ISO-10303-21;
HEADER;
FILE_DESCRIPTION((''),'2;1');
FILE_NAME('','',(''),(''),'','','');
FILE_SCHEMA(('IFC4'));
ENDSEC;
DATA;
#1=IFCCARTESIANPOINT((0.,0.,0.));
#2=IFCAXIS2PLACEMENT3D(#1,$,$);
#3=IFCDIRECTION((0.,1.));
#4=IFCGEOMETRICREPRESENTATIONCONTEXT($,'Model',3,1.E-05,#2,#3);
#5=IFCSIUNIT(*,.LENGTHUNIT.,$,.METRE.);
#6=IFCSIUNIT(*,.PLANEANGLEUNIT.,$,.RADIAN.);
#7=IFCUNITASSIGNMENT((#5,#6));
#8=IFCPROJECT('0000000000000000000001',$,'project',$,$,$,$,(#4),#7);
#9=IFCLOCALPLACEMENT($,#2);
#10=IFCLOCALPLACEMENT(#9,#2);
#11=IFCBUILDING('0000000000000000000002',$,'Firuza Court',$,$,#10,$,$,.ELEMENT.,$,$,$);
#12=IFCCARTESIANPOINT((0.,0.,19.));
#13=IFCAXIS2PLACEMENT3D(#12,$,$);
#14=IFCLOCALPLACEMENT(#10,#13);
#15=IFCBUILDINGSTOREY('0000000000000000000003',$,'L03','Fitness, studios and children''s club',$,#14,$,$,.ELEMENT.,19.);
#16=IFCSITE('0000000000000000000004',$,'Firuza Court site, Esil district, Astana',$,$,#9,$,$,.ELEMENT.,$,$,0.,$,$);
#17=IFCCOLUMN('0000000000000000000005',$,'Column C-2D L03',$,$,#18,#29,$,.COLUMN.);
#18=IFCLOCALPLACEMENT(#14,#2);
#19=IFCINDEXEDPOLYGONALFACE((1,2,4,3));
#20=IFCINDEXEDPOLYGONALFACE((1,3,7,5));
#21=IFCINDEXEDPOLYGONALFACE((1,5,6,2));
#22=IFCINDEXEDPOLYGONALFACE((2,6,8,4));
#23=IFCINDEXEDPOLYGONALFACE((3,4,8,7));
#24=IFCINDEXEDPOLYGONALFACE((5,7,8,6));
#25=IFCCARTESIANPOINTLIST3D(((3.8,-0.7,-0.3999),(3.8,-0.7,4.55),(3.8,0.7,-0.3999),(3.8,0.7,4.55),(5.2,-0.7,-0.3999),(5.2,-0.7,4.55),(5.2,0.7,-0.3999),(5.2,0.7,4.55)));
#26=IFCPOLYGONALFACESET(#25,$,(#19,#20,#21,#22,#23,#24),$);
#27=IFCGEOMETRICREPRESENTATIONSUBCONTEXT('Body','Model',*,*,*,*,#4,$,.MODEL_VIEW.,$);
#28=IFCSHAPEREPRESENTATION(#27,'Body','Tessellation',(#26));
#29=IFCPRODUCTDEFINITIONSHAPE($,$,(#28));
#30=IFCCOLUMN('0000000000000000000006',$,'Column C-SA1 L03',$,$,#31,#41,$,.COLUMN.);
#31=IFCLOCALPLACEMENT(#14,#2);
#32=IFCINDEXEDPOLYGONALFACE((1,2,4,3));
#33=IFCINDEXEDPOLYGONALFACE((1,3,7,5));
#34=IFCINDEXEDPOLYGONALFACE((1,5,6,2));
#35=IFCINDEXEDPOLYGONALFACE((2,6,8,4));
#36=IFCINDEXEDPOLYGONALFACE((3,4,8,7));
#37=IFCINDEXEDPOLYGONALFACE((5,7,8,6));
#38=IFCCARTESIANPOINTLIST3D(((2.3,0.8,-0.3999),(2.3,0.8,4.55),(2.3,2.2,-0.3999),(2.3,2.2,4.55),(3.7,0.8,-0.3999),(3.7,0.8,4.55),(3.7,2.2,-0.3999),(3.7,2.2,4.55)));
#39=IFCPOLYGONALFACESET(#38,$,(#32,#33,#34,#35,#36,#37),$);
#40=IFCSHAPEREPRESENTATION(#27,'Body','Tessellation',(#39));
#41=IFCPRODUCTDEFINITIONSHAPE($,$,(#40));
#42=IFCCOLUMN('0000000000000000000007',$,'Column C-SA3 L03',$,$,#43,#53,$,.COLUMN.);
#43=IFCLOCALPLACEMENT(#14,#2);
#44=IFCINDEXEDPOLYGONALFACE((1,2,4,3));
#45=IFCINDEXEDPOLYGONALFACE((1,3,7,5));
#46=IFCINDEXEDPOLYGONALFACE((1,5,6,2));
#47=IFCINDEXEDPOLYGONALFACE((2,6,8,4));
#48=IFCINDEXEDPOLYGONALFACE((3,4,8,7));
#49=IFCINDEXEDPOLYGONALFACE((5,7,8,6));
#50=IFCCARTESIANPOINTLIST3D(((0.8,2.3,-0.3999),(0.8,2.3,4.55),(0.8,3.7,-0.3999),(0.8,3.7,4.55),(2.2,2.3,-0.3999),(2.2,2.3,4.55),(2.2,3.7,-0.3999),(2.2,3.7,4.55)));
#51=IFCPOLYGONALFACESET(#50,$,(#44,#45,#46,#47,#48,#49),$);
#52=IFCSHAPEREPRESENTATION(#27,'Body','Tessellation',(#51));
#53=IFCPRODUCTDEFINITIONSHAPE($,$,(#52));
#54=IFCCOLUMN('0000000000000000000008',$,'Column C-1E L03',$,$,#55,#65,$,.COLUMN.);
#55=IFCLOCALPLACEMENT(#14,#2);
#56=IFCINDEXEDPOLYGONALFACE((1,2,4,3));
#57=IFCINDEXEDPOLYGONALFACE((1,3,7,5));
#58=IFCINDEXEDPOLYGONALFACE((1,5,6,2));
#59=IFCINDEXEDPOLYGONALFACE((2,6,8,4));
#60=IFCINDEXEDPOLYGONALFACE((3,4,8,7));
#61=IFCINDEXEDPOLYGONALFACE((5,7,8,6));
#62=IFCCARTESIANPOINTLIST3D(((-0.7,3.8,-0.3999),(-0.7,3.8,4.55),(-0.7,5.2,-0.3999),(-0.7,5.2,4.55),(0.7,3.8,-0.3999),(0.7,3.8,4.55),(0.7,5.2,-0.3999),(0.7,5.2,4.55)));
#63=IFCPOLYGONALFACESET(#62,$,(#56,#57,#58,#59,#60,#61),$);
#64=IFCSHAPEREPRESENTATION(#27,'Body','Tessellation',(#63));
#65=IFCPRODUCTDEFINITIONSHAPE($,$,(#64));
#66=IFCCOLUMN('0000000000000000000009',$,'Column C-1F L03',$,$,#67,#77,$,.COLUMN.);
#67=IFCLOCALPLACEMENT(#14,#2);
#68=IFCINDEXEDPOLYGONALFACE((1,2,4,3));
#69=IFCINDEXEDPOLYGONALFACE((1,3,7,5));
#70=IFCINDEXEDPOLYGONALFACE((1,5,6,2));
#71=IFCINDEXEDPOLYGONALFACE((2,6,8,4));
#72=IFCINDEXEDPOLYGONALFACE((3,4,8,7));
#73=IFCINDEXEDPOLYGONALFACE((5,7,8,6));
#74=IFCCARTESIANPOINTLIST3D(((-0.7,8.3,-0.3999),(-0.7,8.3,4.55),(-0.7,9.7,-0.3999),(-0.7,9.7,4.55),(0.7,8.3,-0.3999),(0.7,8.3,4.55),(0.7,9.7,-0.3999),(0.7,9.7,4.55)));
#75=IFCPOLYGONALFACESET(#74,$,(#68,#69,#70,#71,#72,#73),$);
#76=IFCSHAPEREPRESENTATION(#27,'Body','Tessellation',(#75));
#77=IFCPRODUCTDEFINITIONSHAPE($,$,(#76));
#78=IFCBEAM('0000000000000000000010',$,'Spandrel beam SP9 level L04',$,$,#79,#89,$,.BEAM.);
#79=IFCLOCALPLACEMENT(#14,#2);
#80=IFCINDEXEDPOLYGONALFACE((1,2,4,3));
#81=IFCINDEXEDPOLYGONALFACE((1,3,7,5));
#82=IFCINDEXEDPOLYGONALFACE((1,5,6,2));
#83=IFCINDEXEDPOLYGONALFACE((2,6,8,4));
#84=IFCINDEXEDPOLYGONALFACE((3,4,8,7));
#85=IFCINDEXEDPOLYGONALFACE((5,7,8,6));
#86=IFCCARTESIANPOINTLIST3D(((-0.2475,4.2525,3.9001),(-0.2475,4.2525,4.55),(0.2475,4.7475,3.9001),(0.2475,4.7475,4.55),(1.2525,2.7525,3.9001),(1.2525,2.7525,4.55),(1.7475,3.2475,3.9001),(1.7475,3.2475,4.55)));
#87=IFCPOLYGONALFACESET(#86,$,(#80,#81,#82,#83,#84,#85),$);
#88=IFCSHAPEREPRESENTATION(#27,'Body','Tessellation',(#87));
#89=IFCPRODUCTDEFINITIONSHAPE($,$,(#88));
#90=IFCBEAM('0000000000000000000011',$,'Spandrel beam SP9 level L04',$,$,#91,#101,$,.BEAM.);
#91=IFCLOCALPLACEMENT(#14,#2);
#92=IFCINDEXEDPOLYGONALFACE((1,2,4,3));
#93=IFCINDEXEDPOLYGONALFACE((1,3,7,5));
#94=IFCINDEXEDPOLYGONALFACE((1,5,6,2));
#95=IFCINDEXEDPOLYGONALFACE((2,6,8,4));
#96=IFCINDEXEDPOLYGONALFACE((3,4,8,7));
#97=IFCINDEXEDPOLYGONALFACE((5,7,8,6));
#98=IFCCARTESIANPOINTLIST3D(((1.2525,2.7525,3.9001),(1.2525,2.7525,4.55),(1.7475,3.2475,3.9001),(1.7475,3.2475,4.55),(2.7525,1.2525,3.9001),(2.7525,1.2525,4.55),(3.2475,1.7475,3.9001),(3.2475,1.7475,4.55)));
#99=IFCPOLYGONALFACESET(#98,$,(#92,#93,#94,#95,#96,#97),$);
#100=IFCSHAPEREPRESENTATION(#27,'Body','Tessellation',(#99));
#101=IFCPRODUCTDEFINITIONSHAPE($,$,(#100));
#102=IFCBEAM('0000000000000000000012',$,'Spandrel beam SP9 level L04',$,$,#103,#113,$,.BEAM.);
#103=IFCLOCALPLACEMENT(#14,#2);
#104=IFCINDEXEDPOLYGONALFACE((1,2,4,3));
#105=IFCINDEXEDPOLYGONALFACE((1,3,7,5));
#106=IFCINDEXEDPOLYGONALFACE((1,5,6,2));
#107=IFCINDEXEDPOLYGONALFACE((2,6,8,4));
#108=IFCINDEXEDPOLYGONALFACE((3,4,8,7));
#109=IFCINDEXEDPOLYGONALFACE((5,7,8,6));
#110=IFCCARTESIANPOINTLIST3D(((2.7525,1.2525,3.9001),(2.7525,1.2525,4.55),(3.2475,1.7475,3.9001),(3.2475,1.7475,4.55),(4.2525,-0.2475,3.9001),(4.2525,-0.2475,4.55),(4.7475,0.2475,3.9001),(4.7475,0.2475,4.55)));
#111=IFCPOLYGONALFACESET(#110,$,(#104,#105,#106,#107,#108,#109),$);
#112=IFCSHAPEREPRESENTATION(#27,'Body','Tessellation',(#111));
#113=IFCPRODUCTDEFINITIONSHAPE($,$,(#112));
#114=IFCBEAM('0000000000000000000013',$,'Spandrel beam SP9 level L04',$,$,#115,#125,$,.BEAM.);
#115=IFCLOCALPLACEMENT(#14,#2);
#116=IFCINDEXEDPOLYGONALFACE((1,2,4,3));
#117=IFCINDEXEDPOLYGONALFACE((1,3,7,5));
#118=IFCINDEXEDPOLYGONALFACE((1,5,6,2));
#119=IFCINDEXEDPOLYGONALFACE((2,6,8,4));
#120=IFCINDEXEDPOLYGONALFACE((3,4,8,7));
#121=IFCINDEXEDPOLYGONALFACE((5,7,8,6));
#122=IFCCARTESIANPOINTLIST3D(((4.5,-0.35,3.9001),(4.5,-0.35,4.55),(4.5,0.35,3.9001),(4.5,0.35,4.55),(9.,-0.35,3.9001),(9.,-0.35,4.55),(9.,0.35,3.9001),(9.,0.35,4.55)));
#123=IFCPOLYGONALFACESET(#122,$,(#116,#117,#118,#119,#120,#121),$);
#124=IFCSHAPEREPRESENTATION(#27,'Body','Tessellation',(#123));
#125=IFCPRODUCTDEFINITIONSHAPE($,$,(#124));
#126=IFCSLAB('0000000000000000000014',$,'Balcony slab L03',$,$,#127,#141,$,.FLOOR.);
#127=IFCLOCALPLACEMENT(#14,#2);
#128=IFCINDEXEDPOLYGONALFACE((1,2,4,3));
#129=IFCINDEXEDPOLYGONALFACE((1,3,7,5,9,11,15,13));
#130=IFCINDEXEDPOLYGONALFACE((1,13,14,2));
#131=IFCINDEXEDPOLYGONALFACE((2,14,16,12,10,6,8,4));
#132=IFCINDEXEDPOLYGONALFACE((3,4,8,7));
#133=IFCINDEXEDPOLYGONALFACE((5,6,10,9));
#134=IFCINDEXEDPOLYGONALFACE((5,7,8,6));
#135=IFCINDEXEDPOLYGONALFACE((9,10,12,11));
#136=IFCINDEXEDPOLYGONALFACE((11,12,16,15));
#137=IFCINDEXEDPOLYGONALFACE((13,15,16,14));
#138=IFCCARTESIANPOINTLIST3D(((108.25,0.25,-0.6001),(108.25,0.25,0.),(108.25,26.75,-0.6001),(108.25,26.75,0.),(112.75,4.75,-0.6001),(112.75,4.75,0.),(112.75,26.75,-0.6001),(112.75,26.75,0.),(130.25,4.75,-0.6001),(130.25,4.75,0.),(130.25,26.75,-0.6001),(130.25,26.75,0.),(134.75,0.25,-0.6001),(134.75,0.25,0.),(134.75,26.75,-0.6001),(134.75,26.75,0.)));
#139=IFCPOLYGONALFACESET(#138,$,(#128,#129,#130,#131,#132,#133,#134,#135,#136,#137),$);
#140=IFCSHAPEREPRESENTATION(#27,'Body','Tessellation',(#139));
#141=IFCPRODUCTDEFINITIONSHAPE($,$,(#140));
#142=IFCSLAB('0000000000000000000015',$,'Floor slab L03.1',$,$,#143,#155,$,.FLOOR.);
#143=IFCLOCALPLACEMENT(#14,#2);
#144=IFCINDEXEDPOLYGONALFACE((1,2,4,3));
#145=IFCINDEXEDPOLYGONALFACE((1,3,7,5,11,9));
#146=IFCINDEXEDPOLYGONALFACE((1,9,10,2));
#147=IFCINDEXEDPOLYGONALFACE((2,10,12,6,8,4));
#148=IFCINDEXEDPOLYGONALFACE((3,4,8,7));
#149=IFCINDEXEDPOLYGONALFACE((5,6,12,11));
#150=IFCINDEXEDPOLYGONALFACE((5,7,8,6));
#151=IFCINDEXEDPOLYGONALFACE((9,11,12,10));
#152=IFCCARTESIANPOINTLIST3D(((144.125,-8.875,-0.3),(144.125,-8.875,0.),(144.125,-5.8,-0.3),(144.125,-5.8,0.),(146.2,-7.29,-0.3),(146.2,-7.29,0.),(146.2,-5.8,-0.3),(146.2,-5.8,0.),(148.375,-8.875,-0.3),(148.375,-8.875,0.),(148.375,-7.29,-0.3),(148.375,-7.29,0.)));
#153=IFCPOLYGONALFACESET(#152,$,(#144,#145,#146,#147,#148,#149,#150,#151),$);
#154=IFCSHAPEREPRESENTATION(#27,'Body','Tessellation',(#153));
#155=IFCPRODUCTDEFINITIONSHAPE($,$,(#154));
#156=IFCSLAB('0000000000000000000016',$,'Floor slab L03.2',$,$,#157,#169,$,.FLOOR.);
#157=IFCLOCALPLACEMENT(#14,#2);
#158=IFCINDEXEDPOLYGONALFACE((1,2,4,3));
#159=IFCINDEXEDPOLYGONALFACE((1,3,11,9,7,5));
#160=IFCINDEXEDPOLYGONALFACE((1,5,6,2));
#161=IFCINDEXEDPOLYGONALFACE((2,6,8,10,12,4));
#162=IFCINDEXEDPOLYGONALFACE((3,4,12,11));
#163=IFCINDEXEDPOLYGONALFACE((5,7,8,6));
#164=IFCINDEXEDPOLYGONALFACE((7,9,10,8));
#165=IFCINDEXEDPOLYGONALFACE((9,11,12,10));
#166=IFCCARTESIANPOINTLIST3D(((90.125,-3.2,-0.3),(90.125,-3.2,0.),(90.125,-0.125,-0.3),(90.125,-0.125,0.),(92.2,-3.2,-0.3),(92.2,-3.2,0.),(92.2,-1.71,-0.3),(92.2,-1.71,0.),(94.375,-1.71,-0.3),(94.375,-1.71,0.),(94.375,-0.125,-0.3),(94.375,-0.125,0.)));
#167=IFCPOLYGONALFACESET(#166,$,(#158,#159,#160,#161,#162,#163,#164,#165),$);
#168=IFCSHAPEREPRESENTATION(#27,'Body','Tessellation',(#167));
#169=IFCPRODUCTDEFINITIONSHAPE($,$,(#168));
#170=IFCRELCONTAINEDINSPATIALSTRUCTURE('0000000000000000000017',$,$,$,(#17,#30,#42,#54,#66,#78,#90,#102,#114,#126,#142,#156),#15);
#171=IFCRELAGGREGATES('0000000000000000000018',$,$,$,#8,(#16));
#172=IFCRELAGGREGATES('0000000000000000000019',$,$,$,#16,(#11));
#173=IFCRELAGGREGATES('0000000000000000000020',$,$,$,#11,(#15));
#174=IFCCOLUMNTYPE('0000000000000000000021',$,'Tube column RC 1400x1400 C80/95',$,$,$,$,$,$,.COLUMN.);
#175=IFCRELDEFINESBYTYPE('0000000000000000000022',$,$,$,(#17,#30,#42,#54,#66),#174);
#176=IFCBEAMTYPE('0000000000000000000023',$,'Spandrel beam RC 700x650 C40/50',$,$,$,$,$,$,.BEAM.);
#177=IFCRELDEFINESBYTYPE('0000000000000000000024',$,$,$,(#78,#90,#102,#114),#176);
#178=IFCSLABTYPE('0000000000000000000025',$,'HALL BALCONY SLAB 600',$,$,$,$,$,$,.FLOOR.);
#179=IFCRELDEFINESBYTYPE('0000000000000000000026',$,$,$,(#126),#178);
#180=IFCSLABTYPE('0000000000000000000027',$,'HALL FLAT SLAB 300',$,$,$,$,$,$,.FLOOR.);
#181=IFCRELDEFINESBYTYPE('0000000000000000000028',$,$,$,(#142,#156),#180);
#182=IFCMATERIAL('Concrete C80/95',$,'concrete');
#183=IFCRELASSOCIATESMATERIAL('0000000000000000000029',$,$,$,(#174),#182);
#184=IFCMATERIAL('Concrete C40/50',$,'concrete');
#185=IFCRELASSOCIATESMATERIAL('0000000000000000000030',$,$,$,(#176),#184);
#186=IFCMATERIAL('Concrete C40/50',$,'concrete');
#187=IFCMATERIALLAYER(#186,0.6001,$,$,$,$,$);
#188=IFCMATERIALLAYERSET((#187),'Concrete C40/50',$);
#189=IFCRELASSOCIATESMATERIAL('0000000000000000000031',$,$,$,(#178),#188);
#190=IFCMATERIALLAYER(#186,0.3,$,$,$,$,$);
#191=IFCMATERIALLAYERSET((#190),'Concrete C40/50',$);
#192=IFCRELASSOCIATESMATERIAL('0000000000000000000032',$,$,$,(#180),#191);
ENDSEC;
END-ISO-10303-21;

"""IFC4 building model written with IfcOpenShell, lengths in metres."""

from ifc_helpers import new_model, si_unit, direction, frame, origin, origin_2d, place, context, subcontext, project, spatial, polyline, rectangle, outline, extrude, material, layer, layer_set, material_profile, profile_set, type_object, element, save


model = new_model("IFC4")

# Units and contexts
model_context = context("Model", 3, precision=1e-05, world=origin(), true_north=direction((0.0, 1.0)))
body_context = subcontext(model_context, "Body", "Model", "MODEL_VIEW")
ifc_project = project(units=[si_unit("LENGTHUNIT", "METRE"), si_unit("PLANEANGLEUNIT", "RADIAN")], contexts=[model_context])

# Site, building, storey
site_placement = place(None, origin())
site = spatial("IfcSite", under=ifc_project, at=site_placement, Name="Firuza Court site, Esil district, Astana", CompositionType="ELEMENT", RefElevation=0.0)
building_placement = place(site_placement, origin())
building = spatial("IfcBuilding", under=site, at=building_placement, Name="Firuza Court", CompositionType="ELEMENT")
storey_placement = place(building_placement, frame((0.0, 0.0, 19.0)))
storey = spatial("IfcBuildingStorey", under=building, at=storey_placement, Name="L03", Description="Fitness, studios and children's club", CompositionType="ELEMENT", Elevation=19.0)

# Columns
ifc_material_1 = material(Name="Concrete C80/95", Category="concrete")
ifc_material_profile_1 = material_profile(ifc_material_1, rectangle(XDim=1.3999, YDim=1.3999, at=origin_2d()), Name="RC 1400x1400")
ifc_profile_set_1 = profile_set([ifc_material_profile_1], Name="Concrete C80/95")
column_type = type_object("IfcColumnType", Name="Tube column RC 1400x1400 C80/95", PredefinedType="COLUMN", material=ifc_profile_set_1)
for number, where, z_axis, x_axis, name in (
    (1, (4.5, 0.0, -0.3999), (0.0, 0.0, 1.0), (1.0, 0.0, 0.0), "Column C-2D L03"),
    (2, (3.0, 1.5, -0.3999), (0.0, 0.0, 1.0), (1.0, 0.0, 0.0), "Column C-SA1 L03"),
    (3, (1.5, 3.0, -0.3999), (0.0, 0.0, 1.0), (1.0, 0.0, 0.0), "Column C-SA3 L03"),
    (4, (0.0, 4.5, -0.3999), (0.0, 0.0, 1.0), (1.0, 0.0, 0.0), "Column C-1E L03"),
    (5, (0.0, 9.0, -0.3999), (0.0, 0.0, 1.0), (1.0, 0.0, 0.0), "Column C-1F L03"),
):
    element("IfcColumn", number, at=place(storey_placement, frame(where, z_axis=z_axis, x_axis=x_axis)), inside=storey, type_object=column_type, Name=name, PredefinedType="COLUMN", context=body_context, shape_type="SweptSolid", body=[
        extrude(rectangle(XDim=1.3999, YDim=1.3999, at=origin_2d()), origin(), (0.0, 0.0, 1.0), 4.95),
    ])

# Beams
ifc_material_2 = material(Name="Concrete C40/50", Category="concrete")
ifc_material_profile_2 = material_profile(ifc_material_2, rectangle(XDim=0.7, YDim=0.6499, at=origin_2d()), Name="RC 700x650")
ifc_profile_set_2 = profile_set([ifc_material_profile_2], Name="Concrete C40/50")
beam_type = type_object("IfcBeamType", Name="Spandrel beam RC 700x650 C40/50", PredefinedType="BEAM", material=ifc_profile_set_2)
for number, where, z_axis, x_axis, name in (
    (6, (0.0, 4.5, 4.2251), (0.707107, -0.707107, 0.0), (0.707107, 0.707107, 0.0), "Spandrel beam SP9 level L04"),
    (7, (1.5, 3.0, 4.2251), (0.707107, -0.707107, 0.0), (0.707107, 0.707107, 0.0), "Spandrel beam SP9 level L04"),
    (8, (3.0, 1.5, 4.2251), (0.707107, -0.707107, 0.0), (0.707107, 0.707107, 0.0), "Spandrel beam SP9 level L04"),
):
    element("IfcBeam", number, at=place(storey_placement, frame(where, z_axis=z_axis, x_axis=x_axis)), inside=storey, type_object=beam_type, Name=name, PredefinedType="BEAM", context=body_context, shape_type="SweptSolid", body=[
        extrude(rectangle(XDim=0.7, YDim=0.6499, at=origin_2d()), origin(), (0.0, 0.0, 1.0), 2.1213),
    ])
beam_placement = place(storey_placement, frame((4.5, 0.0, 4.2251), z_axis=(1.0, 0.0, 0.0), x_axis=(0.0, 1.0, 0.0)))
element("IfcBeam", 9, at=beam_placement, inside=storey, type_object=beam_type, Name="Spandrel beam SP9 level L04", PredefinedType="BEAM", context=body_context, shape_type="SweptSolid", body=[
    extrude(rectangle(XDim=0.7, YDim=0.6499, at=origin_2d()), origin(), (0.0, 0.0, 1.0), 4.5),
])

# Slabs
ifc_material_3 = material(Name="Concrete C40/50", Category="concrete")
ifc_layer_1 = layer(ifc_material_3, 0.6001)
ifc_layer_set_1 = layer_set([ifc_layer_1], Name="Concrete C40/50")
slab_type_1 = type_object("IfcSlabType", Name="HALL BALCONY SLAB 600", PredefinedType="FLOOR", material=ifc_layer_set_1)
slab_1_placement = place(storey_placement, frame((0.0, 0.0, -0.6001)))
element("IfcSlab", 10, at=slab_1_placement, inside=storey, type_object=slab_type_1, Name="Balcony slab L03", PredefinedType="FLOOR", context=body_context, shape_type="SweptSolid", body=[
    extrude(outline(polyline([(134.75, 26.75), (134.75, 0.25), (108.25, 0.25), (108.25, 26.75), (112.75, 26.75), (112.75, 4.75), (130.25, 4.75), (130.25, 26.75), (134.75, 26.75)])), origin(), (0.0, 0.0, 1.0), 0.6001),
])
ifc_layer_2 = layer(ifc_material_3, 0.3)
ifc_layer_set_2 = layer_set([ifc_layer_2], Name="Concrete C40/50")
slab_type_2 = type_object("IfcSlabType", Name="HALL FLAT SLAB 300", PredefinedType="FLOOR", material=ifc_layer_set_2)
slab_2_placement = place(storey_placement, frame((0.0, 0.0, -0.3)))
element("IfcSlab", 11, at=slab_2_placement, inside=storey, type_object=slab_type_2, Name="Floor slab L03.1", PredefinedType="FLOOR", context=body_context, shape_type="SweptSolid", body=[
    extrude(outline(polyline([(144.125, -8.875), (144.125, -5.8), (146.2, -5.8), (146.2, -7.29), (148.375, -7.29), (148.375, -8.875), (144.125, -8.875)])), origin(), (0.0, 0.0, 1.0), 0.3),
])
slab_3_placement = place(storey_placement, frame((0.0, 0.0, -0.3)))
element("IfcSlab", 12, at=slab_3_placement, inside=storey, type_object=slab_type_2, Name="Floor slab L03.2", PredefinedType="FLOOR", context=body_context, shape_type="SweptSolid", body=[
    extrude(outline(polyline([(90.125, -3.2), (90.125, -0.125), (94.375, -0.125), (94.375, -1.71), (92.2, -1.71), (92.2, -3.2), (90.125, -3.2)])), origin(), (0.0, 0.0, 1.0), 0.3),
])

save(model, "model.ifc")
